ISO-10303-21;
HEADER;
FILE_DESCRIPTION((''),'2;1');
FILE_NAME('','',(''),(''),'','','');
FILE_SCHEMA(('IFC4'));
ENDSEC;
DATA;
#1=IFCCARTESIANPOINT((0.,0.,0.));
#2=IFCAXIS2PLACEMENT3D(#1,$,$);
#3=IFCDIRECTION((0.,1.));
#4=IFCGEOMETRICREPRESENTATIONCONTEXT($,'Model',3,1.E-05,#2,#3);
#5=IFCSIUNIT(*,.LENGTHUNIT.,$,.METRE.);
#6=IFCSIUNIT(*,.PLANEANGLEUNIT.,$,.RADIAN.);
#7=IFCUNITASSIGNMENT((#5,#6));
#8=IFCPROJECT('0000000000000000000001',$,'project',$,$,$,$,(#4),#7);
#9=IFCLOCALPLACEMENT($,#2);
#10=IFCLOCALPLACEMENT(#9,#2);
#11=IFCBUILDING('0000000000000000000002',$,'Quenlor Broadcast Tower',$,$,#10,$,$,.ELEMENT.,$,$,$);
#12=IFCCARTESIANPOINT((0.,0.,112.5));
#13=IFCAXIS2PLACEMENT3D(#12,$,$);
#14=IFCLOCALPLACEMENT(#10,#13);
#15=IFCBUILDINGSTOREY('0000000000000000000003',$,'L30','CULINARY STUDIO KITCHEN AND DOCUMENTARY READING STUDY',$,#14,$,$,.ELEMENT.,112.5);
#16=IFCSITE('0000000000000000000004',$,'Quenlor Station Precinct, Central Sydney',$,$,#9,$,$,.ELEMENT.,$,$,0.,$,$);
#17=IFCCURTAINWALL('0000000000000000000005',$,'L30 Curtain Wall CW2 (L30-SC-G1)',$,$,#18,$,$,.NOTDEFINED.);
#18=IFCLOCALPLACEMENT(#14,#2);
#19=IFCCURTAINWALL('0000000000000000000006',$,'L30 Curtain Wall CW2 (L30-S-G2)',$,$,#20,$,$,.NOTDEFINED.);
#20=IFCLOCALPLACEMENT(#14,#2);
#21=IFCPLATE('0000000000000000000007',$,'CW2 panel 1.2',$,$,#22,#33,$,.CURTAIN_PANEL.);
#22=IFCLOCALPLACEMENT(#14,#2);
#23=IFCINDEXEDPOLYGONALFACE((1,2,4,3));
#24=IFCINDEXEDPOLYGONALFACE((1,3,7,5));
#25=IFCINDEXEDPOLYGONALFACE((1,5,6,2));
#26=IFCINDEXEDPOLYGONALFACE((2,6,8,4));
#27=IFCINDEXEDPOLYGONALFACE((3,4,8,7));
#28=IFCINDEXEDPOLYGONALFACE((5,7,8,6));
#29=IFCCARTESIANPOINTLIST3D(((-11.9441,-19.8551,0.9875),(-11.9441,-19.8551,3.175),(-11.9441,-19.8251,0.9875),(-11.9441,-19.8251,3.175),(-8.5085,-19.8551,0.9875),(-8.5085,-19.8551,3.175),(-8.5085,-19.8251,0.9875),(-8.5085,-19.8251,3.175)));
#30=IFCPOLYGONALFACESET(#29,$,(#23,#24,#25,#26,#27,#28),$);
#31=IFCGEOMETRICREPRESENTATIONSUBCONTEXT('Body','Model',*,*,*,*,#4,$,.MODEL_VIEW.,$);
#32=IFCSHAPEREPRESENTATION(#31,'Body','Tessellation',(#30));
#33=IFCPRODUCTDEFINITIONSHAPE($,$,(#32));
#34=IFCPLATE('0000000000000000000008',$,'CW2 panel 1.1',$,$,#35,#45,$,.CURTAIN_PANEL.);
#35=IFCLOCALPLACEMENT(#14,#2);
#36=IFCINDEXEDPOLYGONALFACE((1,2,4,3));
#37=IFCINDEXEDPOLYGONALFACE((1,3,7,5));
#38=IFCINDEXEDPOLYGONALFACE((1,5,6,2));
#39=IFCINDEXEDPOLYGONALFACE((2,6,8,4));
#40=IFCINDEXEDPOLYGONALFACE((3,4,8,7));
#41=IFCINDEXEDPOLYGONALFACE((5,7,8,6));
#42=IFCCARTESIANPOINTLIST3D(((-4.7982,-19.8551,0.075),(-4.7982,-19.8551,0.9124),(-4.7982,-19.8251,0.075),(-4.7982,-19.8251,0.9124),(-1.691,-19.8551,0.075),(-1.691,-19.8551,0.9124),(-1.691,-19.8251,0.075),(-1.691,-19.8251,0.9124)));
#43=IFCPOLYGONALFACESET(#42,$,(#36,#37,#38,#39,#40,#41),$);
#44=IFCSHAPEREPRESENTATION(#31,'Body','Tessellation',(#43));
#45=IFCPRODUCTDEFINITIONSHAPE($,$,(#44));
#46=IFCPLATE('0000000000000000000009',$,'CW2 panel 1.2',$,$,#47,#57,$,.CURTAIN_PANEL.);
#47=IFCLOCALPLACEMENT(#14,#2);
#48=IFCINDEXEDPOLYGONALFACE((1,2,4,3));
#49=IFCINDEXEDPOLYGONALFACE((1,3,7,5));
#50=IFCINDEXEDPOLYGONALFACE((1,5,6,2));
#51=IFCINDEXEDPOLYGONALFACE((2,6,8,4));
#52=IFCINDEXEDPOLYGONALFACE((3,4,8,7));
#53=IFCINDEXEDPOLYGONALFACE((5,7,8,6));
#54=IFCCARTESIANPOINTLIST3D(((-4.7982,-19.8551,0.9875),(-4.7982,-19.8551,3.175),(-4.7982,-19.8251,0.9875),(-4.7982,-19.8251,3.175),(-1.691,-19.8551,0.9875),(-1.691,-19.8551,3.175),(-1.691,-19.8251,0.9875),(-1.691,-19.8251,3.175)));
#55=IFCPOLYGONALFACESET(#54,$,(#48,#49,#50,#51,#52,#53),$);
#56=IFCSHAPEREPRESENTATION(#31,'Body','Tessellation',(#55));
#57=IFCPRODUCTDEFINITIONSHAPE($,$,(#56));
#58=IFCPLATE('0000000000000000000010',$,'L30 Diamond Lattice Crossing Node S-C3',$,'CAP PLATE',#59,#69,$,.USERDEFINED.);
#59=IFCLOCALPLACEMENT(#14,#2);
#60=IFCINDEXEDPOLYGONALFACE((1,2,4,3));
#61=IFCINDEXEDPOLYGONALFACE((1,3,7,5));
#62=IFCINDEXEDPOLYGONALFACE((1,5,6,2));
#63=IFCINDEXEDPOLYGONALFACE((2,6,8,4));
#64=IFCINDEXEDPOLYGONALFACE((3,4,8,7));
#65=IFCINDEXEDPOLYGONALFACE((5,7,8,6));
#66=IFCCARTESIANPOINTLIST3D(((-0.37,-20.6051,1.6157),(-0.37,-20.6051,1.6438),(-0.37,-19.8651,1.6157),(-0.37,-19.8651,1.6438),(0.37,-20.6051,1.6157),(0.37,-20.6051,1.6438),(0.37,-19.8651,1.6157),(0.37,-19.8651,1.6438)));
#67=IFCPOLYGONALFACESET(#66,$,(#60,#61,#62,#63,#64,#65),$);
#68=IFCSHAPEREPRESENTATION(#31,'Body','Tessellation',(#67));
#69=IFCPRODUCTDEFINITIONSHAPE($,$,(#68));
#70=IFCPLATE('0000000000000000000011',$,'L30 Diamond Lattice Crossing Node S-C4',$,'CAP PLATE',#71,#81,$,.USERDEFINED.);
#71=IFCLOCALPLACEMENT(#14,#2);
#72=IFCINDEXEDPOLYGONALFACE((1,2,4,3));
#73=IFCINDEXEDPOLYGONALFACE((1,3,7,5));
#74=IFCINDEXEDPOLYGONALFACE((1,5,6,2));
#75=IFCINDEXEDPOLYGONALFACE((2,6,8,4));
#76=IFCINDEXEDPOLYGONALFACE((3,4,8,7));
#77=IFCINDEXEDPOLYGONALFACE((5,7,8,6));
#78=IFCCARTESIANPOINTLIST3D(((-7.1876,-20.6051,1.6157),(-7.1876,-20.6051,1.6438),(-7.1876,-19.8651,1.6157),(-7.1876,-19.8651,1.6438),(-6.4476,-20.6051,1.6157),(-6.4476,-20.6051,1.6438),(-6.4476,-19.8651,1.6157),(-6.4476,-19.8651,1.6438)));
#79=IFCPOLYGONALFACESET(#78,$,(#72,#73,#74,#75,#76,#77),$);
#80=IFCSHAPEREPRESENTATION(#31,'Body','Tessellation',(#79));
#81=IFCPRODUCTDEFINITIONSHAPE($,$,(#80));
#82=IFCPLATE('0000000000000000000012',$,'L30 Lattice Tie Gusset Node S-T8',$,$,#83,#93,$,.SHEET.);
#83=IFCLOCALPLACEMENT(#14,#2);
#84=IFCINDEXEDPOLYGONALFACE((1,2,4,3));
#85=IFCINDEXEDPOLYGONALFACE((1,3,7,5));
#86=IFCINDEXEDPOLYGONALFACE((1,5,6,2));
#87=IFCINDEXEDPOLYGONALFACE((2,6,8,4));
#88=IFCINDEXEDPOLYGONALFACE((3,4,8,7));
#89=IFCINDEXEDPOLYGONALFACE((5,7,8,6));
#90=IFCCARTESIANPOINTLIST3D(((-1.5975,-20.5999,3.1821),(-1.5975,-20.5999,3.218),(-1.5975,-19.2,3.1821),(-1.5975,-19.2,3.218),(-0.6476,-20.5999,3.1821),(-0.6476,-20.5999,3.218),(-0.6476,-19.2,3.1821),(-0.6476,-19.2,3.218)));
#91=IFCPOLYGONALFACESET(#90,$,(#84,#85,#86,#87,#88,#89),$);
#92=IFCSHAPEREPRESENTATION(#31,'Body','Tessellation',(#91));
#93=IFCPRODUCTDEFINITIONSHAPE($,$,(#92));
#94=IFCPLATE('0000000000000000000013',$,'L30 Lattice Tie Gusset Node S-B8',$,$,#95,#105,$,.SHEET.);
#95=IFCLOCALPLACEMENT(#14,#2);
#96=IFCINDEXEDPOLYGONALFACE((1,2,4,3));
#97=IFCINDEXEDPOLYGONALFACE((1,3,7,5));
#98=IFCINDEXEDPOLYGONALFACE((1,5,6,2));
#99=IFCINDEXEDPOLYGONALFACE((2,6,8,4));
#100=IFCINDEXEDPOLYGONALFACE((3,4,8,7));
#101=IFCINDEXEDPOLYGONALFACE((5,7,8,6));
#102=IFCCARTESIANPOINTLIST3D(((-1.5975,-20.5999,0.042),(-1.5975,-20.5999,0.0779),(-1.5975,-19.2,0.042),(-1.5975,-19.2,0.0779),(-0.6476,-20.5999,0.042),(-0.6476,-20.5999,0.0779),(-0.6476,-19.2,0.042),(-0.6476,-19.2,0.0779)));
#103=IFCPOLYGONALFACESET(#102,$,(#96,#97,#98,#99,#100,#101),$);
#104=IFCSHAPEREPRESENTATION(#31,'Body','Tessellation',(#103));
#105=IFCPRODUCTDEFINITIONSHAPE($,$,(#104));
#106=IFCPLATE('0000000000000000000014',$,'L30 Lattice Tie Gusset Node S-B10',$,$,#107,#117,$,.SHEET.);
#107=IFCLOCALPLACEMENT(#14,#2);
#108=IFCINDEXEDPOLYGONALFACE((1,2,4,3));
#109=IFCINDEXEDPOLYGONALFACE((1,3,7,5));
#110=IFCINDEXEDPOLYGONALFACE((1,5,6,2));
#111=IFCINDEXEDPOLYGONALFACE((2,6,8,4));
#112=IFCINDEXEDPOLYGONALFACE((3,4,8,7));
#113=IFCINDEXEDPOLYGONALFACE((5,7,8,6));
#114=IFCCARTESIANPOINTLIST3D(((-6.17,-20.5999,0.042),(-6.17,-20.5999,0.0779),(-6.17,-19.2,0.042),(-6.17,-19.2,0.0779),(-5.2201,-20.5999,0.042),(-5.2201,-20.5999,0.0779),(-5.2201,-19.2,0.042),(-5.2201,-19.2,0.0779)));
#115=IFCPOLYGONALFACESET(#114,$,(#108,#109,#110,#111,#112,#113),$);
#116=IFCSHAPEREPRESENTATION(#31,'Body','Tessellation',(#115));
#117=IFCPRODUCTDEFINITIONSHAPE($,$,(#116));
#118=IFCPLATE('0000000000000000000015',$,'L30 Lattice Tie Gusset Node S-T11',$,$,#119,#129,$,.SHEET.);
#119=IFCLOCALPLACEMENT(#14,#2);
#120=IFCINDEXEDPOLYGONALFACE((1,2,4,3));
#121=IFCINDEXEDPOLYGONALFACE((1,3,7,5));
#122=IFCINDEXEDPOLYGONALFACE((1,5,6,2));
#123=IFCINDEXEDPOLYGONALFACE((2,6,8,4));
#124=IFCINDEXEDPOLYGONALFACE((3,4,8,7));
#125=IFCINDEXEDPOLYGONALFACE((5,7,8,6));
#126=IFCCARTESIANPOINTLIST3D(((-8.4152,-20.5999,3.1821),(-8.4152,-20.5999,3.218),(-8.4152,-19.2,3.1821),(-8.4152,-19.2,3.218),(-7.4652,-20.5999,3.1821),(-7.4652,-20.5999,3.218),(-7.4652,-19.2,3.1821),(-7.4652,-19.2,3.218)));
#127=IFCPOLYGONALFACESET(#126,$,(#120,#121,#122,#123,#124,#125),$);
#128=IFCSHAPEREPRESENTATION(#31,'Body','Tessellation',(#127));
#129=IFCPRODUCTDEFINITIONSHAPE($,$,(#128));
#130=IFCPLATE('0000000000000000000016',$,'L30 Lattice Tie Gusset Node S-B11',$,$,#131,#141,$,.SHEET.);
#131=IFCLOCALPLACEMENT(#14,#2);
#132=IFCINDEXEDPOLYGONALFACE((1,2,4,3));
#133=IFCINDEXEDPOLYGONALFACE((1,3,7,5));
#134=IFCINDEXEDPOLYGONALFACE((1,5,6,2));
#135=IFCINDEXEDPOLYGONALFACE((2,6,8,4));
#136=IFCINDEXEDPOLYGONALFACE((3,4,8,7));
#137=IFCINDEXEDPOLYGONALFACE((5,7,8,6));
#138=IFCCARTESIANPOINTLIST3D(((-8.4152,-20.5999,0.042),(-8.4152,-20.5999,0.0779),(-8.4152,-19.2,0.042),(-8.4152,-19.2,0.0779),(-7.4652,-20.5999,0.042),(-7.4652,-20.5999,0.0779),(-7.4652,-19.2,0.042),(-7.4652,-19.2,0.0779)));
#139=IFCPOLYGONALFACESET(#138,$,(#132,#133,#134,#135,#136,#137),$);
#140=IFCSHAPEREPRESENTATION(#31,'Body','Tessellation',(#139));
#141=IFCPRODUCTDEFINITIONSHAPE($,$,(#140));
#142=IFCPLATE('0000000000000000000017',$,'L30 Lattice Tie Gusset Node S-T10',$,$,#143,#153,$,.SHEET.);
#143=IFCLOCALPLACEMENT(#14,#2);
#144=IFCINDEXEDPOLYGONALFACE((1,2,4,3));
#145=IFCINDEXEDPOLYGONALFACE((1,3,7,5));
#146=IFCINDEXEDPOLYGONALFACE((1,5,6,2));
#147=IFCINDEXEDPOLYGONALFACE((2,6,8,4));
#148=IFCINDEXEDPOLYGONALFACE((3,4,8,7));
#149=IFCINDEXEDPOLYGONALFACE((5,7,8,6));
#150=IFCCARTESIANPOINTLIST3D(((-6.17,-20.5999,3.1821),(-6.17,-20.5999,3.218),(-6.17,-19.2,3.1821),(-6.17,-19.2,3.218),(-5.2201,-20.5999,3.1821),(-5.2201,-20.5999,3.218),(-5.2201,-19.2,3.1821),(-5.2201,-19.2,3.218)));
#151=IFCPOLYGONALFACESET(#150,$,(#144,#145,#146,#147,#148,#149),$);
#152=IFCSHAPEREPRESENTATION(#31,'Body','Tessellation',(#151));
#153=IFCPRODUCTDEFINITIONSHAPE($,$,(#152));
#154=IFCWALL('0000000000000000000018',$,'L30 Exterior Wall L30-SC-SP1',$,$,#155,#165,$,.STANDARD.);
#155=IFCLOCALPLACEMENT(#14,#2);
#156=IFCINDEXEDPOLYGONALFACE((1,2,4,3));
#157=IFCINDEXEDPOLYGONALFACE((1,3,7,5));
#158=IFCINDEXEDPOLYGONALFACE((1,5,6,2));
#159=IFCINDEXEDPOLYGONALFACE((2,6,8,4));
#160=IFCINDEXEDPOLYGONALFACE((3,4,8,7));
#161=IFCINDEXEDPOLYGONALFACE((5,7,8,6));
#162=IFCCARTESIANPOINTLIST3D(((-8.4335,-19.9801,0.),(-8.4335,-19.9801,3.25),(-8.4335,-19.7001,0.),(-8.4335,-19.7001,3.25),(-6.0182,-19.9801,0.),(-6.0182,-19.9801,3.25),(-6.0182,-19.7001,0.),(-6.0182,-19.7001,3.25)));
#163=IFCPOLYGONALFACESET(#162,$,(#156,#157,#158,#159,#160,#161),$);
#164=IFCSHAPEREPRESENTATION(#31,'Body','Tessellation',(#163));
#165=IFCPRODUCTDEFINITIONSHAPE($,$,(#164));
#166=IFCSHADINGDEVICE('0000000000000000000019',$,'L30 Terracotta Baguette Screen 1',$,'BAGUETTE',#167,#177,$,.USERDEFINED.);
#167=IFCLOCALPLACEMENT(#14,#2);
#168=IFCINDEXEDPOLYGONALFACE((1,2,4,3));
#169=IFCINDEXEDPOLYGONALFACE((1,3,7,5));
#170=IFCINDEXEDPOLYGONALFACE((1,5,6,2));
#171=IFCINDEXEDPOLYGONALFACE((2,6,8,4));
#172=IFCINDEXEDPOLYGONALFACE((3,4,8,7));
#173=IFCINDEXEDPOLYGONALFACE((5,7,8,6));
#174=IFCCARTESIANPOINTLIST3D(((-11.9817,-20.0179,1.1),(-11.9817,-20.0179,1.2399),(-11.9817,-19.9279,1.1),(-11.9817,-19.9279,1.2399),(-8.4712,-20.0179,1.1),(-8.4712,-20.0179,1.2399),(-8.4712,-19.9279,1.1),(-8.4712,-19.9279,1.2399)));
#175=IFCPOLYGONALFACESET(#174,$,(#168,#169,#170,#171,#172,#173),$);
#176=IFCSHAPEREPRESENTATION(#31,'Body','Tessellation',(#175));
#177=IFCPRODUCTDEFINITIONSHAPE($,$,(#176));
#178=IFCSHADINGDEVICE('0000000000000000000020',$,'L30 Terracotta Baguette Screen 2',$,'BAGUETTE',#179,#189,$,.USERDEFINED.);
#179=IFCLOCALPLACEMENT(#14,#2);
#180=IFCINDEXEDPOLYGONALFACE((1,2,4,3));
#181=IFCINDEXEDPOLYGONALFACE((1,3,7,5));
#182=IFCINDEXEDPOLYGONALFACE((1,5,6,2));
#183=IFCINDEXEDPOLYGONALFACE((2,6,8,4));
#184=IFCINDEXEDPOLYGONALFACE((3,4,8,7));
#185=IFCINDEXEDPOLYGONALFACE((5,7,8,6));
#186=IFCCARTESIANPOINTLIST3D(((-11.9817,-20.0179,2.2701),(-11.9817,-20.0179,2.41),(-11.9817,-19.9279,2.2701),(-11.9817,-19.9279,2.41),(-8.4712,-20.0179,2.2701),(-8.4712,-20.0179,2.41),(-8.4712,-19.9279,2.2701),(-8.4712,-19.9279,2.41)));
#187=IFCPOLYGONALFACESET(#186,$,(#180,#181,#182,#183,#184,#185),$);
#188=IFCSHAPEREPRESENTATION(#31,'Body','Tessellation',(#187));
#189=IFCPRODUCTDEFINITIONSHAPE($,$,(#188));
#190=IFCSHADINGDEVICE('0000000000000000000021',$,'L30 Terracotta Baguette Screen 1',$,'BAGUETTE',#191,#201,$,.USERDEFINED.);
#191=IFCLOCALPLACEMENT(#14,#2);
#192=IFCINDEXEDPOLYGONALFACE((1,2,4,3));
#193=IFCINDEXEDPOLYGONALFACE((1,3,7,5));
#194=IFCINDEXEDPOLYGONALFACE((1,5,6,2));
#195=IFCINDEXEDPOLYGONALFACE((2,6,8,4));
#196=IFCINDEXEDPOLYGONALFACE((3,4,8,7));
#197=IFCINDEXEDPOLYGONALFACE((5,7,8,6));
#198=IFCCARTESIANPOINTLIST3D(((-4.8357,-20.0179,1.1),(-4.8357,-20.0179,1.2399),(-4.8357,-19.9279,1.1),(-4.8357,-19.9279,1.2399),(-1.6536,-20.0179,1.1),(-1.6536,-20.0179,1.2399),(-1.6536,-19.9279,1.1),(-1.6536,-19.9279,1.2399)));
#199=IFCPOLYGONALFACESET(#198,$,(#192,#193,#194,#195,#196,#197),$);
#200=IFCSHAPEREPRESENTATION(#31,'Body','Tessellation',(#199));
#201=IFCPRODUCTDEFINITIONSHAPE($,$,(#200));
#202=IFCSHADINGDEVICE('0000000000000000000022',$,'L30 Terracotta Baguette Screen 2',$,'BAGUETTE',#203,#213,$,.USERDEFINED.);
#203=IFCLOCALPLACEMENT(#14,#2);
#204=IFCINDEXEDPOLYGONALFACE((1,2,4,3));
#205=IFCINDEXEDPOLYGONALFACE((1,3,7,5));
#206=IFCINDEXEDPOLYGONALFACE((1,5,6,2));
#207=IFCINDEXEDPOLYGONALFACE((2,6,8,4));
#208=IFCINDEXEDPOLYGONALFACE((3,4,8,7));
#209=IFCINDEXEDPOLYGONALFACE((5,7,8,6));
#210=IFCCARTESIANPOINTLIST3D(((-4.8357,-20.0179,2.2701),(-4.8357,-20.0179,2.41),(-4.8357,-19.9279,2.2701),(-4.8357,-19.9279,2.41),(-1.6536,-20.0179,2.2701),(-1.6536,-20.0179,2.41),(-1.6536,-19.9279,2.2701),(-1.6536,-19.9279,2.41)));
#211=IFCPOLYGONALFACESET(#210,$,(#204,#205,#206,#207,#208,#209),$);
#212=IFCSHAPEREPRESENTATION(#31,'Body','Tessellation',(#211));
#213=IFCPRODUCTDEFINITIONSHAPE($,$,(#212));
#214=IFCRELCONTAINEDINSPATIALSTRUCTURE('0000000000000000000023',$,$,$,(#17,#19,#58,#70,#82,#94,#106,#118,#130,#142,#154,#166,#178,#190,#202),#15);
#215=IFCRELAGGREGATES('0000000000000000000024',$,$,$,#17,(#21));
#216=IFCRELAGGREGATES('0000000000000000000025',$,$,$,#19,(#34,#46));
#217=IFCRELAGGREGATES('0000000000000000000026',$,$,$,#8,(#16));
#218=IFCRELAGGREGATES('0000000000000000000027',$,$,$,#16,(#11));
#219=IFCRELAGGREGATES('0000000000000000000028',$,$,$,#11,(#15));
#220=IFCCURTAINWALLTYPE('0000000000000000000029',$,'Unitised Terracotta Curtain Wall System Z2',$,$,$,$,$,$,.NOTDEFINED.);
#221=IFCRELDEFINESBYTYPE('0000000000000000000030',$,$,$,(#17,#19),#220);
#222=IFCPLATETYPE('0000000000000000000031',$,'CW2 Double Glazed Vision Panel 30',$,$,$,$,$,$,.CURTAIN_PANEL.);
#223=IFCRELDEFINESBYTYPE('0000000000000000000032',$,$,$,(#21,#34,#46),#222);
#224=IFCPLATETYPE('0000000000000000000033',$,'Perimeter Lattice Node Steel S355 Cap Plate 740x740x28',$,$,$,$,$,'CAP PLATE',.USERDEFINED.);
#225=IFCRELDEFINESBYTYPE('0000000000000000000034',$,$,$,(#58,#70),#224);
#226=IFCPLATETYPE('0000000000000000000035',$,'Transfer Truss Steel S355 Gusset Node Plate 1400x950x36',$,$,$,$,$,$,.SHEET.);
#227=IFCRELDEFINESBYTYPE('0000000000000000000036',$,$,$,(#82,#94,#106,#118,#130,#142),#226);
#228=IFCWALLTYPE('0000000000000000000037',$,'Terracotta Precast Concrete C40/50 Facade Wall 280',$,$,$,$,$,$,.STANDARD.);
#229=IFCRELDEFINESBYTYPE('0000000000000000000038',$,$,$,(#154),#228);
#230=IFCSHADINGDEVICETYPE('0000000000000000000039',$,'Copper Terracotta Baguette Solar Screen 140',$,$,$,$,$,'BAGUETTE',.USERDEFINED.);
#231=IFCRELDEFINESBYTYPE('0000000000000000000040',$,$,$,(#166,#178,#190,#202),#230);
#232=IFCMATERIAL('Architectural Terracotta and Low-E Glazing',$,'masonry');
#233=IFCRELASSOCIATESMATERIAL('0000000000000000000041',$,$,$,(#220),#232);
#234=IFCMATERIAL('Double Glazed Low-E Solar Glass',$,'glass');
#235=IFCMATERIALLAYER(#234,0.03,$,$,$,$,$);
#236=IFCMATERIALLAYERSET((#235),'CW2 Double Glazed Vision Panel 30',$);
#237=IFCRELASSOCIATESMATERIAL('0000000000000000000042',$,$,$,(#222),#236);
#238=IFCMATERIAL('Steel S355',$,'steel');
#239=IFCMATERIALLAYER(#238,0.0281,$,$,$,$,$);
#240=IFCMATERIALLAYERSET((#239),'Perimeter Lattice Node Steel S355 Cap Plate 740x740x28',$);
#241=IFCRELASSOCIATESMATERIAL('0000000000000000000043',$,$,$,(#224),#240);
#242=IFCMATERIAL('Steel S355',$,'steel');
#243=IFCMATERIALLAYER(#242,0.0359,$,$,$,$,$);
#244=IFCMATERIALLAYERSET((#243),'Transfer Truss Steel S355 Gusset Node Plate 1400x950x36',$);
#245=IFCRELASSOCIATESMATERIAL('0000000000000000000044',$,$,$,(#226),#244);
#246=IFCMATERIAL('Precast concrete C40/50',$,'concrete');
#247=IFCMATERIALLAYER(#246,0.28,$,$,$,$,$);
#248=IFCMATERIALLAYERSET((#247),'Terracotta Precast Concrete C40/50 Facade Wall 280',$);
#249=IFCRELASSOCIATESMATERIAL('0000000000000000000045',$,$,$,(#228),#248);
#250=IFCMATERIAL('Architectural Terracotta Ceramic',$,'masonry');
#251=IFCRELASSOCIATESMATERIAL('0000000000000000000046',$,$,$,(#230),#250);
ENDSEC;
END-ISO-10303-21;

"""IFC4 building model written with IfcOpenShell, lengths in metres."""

from ifc_helpers import new_model, si_unit, direction, frame, frame_2d, origin, origin_2d, place, context, subcontext, project, spatial, rectangle, extrude, material, layer, layer_set, material_profile, profile_set, type_object, element, aggregate, save


model = new_model("IFC4")

# Units and contexts
model_context = context("Model", 3, precision=1e-05, world=origin(), true_north=direction((0.0, 1.0)))
body_context = subcontext(model_context, "Body", "Model", "MODEL_VIEW")
ifc_project = project(units=[si_unit("LENGTHUNIT", "METRE"), si_unit("PLANEANGLEUNIT", "RADIAN")], contexts=[model_context])

# Site, building, storey
site_placement = place(None, origin())
site = spatial("IfcSite", under=ifc_project, at=site_placement, Name="Quenlor Station Precinct, Central Sydney", CompositionType="ELEMENT", RefElevation=0.0)
building_placement = place(site_placement, origin())
building = spatial("IfcBuilding", under=site, at=building_placement, Name="Quenlor Broadcast Tower", CompositionType="ELEMENT")
storey_placement = place(building_placement, frame((0.0, 0.0, 112.5)))
storey = spatial("IfcBuildingStorey", under=building, at=storey_placement, Name="L30", Description="CULINARY STUDIO KITCHEN AND DOCUMENTARY READING STUDY", CompositionType="ELEMENT", Elevation=112.5)

# Curtain walls
ifc_material_1 = material(Name="Architectural Terracotta and Low-E Glazing", Category="masonry")
curtain_wall_type = type_object("IfcCurtainWallType", Name="Unitised Terracotta Curtain Wall System Z2", PredefinedType="NOTDEFINED", material=ifc_material_1)
curtain_wall_1_placement = place(storey_placement, origin())
curtain_wall_1 = element("IfcCurtainWall", 1, at=curtain_wall_1_placement, inside=storey, type_object=curtain_wall_type, Name="L30 Curtain Wall CW2 (L30-SC-G1)", PredefinedType="NOTDEFINED")
curtain_wall_2_placement = place(storey_placement, origin())
curtain_wall_2 = element("IfcCurtainWall", 2, at=curtain_wall_2_placement, inside=storey, type_object=curtain_wall_type, Name="L30 Curtain Wall CW2 (L30-S-G2)", PredefinedType="NOTDEFINED")

# Plates
ifc_material_2 = material(Name="Double Glazed Low-E Solar Glass", Category="glass")
ifc_layer_1 = layer(ifc_material_2, 0.03)
ifc_layer_set_1 = layer_set([ifc_layer_1], Name="CW2 Double Glazed Vision Panel 30")
plate_type_1 = type_object("IfcPlateType", Name="CW2 Double Glazed Vision Panel 30", PredefinedType="CURTAIN_PANEL", material=ifc_layer_set_1)
plate_1_placement = place(storey_placement, frame((-10.2263, -19.8401, 0.9875), z_axis=(0.0, 0.0, 1.0), x_axis=(-1.0, 0.0, 0.0)))
plate_1 = element("IfcPlate", 3, at=plate_1_placement, type_object=plate_type_1, Name="CW2 panel 1.2", PredefinedType="CURTAIN_PANEL", context=body_context, shape_type="SweptSolid", body=[
    extrude(rectangle(XDim=3.4355, YDim=0.03, at=origin_2d()), origin(), (0.0, 0.0, 1.0), 2.1875),
])
aggregate(curtain_wall_1, [plate_1])
plate_2_placement = place(storey_placement, frame((-3.2446, -19.8401, 0.075), z_axis=(0.0, 0.0, 1.0), x_axis=(-1.0, 0.0, 0.0)))
plate_2 = element("IfcPlate", 4, at=plate_2_placement, type_object=plate_type_1, Name="CW2 panel 1.1", PredefinedType="CURTAIN_PANEL", context=body_context, shape_type="SweptSolid", body=[
    extrude(rectangle(XDim=3.1072, YDim=0.03, at=origin_2d()), origin(), (0.0, 0.0, 1.0), 0.8374),
])
plate_3_placement = place(storey_placement, frame((-3.2446, -19.8401, 0.9875), z_axis=(0.0, 0.0, 1.0), x_axis=(-1.0, 0.0, 0.0)))
plate_3 = element("IfcPlate", 5, at=plate_3_placement, type_object=plate_type_1, Name="CW2 panel 1.2", PredefinedType="CURTAIN_PANEL", context=body_context, shape_type="SweptSolid", body=[
    extrude(rectangle(XDim=3.1072, YDim=0.03, at=origin_2d()), origin(), (0.0, 0.0, 1.0), 2.1875),
])
aggregate(curtain_wall_2, [plate_2, plate_3])

# Plates
ifc_material_3 = material(Name="Steel S355", Category="steel")
ifc_layer_2 = layer(ifc_material_3, 0.0281)
ifc_layer_set_2 = layer_set([ifc_layer_2], Name="Perimeter Lattice Node Steel S355 Cap Plate 740x740x28")
plate_type_2 = type_object("IfcPlateType", Name="Perimeter Lattice Node Steel S355 Cap Plate 740x740x28", ElementType="CAP PLATE", PredefinedType="USERDEFINED", material=ifc_layer_set_2)
for number, where, z_axis, x_axis, name in (
    (6, (0.0, -20.2351, 1.6157), (0.0, 0.0, 1.0), (-1.0, 0.0, 0.0), "L30 Diamond Lattice Crossing Node S-C3"),
    (7, (-6.8176, -20.2351, 1.6157), (0.0, 0.0, 1.0), (-1.0, 0.0, 0.0), "L30 Diamond Lattice Crossing Node S-C4"),
):
    element("IfcPlate", number, at=place(storey_placement, frame(where, z_axis=z_axis, x_axis=x_axis)), inside=storey, type_object=plate_type_2, Name=name, ObjectType="CAP PLATE", PredefinedType="USERDEFINED", context=body_context, shape_type="SweptSolid", body=[
        extrude(rectangle(XDim=0.74, YDim=0.74, at=origin_2d()), origin(), (0.0, 0.0, 1.0), 0.0281),
    ])
ifc_material_4 = material(Name="Steel S355", Category="steel")
ifc_layer_3 = layer(ifc_material_4, 0.0359)
ifc_layer_set_3 = layer_set([ifc_layer_3], Name="Transfer Truss Steel S355 Gusset Node Plate 1400x950x36")
plate_type_3 = type_object("IfcPlateType", Name="Transfer Truss Steel S355 Gusset Node Plate 1400x950x36", PredefinedType="SHEET", material=ifc_layer_set_3)
for number, where, z_axis, x_axis, name in (
    (8, (-1.1226, -19.8999, 3.1821), (0.0, 0.0, 1.0), (0.0, -1.0, 0.0), "L30 Lattice Tie Gusset Node S-T8"),
    (9, (-1.1226, -19.8999, 0.042), (0.0, 0.0, 1.0), (0.0, -1.0, 0.0), "L30 Lattice Tie Gusset Node S-B8"),
    (10, (-5.6951, -19.8999, 0.042), (0.0, 0.0, 1.0), (0.0, -1.0, 0.0), "L30 Lattice Tie Gusset Node S-B10"),
    (11, (-7.9402, -19.8999, 3.1821), (0.0, 0.0, 1.0), (0.0, -1.0, 0.0), "L30 Lattice Tie Gusset Node S-T11"),
    (12, (-7.9402, -19.8999, 0.042), (0.0, 0.0, 1.0), (0.0, -1.0, 0.0), "L30 Lattice Tie Gusset Node S-B11"),
    (13, (-5.6951, -19.8999, 3.1821), (0.0, 0.0, 1.0), (0.0, -1.0, 0.0), "L30 Lattice Tie Gusset Node S-T10"),
):
    element("IfcPlate", number, at=place(storey_placement, frame(where, z_axis=z_axis, x_axis=x_axis)), inside=storey, type_object=plate_type_3, Name=name, PredefinedType="SHEET", context=body_context, shape_type="SweptSolid", body=[
        extrude(rectangle(XDim=1.3999, YDim=0.95, at=origin_2d()), origin(), (0.0, 0.0, 1.0), 0.0359),
    ])

# Wall
ifc_material_5 = material(Name="Precast concrete C40/50", Category="concrete")
ifc_layer_4 = layer(ifc_material_5, 0.28)
ifc_layer_set_4 = layer_set([ifc_layer_4], Name="Terracotta Precast Concrete C40/50 Facade Wall 280")
wall_type = type_object("IfcWallType", Name="Terracotta Precast Concrete C40/50 Facade Wall 280", PredefinedType="STANDARD", material=ifc_layer_set_4)
wall_placement = place(storey_placement, frame((-6.0183, -19.8401, 0.0), z_axis=(0.0, 0.0, 1.0), x_axis=(-1.0, 0.0, 0.0)))
element("IfcWall", 14, at=wall_placement, inside=storey, type_object=wall_type, Name="L30 Exterior Wall L30-SC-SP1", PredefinedType="STANDARD", context=body_context, shape_type="SweptSolid", body=[
    extrude(rectangle(XDim=2.4153, YDim=0.28, at=frame_2d((1.2075, 0.0))), origin(), (0.0, 0.0, 1.0), 3.25),
])

# Shading devices
ifc_material_6 = material(Name="Architectural Terracotta Ceramic", Category="masonry")
ifc_material_profile_1 = material_profile(ifc_material_6, rectangle(XDim=0.0901, YDim=0.1399, at=origin_2d()))
ifc_profile_set_1 = profile_set([ifc_material_profile_1], Name="Architectural Terracotta Ceramic BAG90x140")
shading_device_type = type_object("IfcShadingDeviceType", Name="Copper Terracotta Baguette Solar Screen 140", ElementType="BAGUETTE", PredefinedType="USERDEFINED", material=ifc_profile_set_1)
for number, where, z_axis, x_axis, name in (
    (15, (-8.4712, -19.9729, 1.1699), (-1.0, 0.0, 0.0), (0.0, -1.0, 0.0), "L30 Terracotta Baguette Screen 1"),
    (16, (-8.4712, -19.9729, 2.3401), (-1.0, 0.0, 0.0), (0.0, -1.0, 0.0), "L30 Terracotta Baguette Screen 2"),
):
    element("IfcShadingDevice", number, at=place(storey_placement, frame(where, z_axis=z_axis, x_axis=x_axis)), inside=storey, type_object=shading_device_type, Name=name, ObjectType="BAGUETTE", PredefinedType="USERDEFINED", context=body_context, shape_type="SweptSolid", body=[
        extrude(rectangle(XDim=0.0901, YDim=0.1399, at=origin_2d()), origin(), (0.0, 0.0, 1.0), 3.5105),
    ])
for number, where, z_axis, x_axis, name in (
    (17, (-1.6536, -19.9729, 1.1699), (-1.0, 0.0, 0.0), (0.0, -1.0, 0.0), "L30 Terracotta Baguette Screen 1"),
    (18, (-1.6536, -19.9729, 2.3401), (-1.0, 0.0, 0.0), (0.0, -1.0, 0.0), "L30 Terracotta Baguette Screen 2"),
):
    element("IfcShadingDevice", number, at=place(storey_placement, frame(where, z_axis=z_axis, x_axis=x_axis)), inside=storey, type_object=shading_device_type, Name=name, ObjectType="BAGUETTE", PredefinedType="USERDEFINED", context=body_context, shape_type="SweptSolid", body=[
        extrude(rectangle(XDim=0.0901, YDim=0.1399, at=origin_2d()), origin(), (0.0, 0.0, 1.0), 3.1821),
    ])

save(model, "model.ifc")
